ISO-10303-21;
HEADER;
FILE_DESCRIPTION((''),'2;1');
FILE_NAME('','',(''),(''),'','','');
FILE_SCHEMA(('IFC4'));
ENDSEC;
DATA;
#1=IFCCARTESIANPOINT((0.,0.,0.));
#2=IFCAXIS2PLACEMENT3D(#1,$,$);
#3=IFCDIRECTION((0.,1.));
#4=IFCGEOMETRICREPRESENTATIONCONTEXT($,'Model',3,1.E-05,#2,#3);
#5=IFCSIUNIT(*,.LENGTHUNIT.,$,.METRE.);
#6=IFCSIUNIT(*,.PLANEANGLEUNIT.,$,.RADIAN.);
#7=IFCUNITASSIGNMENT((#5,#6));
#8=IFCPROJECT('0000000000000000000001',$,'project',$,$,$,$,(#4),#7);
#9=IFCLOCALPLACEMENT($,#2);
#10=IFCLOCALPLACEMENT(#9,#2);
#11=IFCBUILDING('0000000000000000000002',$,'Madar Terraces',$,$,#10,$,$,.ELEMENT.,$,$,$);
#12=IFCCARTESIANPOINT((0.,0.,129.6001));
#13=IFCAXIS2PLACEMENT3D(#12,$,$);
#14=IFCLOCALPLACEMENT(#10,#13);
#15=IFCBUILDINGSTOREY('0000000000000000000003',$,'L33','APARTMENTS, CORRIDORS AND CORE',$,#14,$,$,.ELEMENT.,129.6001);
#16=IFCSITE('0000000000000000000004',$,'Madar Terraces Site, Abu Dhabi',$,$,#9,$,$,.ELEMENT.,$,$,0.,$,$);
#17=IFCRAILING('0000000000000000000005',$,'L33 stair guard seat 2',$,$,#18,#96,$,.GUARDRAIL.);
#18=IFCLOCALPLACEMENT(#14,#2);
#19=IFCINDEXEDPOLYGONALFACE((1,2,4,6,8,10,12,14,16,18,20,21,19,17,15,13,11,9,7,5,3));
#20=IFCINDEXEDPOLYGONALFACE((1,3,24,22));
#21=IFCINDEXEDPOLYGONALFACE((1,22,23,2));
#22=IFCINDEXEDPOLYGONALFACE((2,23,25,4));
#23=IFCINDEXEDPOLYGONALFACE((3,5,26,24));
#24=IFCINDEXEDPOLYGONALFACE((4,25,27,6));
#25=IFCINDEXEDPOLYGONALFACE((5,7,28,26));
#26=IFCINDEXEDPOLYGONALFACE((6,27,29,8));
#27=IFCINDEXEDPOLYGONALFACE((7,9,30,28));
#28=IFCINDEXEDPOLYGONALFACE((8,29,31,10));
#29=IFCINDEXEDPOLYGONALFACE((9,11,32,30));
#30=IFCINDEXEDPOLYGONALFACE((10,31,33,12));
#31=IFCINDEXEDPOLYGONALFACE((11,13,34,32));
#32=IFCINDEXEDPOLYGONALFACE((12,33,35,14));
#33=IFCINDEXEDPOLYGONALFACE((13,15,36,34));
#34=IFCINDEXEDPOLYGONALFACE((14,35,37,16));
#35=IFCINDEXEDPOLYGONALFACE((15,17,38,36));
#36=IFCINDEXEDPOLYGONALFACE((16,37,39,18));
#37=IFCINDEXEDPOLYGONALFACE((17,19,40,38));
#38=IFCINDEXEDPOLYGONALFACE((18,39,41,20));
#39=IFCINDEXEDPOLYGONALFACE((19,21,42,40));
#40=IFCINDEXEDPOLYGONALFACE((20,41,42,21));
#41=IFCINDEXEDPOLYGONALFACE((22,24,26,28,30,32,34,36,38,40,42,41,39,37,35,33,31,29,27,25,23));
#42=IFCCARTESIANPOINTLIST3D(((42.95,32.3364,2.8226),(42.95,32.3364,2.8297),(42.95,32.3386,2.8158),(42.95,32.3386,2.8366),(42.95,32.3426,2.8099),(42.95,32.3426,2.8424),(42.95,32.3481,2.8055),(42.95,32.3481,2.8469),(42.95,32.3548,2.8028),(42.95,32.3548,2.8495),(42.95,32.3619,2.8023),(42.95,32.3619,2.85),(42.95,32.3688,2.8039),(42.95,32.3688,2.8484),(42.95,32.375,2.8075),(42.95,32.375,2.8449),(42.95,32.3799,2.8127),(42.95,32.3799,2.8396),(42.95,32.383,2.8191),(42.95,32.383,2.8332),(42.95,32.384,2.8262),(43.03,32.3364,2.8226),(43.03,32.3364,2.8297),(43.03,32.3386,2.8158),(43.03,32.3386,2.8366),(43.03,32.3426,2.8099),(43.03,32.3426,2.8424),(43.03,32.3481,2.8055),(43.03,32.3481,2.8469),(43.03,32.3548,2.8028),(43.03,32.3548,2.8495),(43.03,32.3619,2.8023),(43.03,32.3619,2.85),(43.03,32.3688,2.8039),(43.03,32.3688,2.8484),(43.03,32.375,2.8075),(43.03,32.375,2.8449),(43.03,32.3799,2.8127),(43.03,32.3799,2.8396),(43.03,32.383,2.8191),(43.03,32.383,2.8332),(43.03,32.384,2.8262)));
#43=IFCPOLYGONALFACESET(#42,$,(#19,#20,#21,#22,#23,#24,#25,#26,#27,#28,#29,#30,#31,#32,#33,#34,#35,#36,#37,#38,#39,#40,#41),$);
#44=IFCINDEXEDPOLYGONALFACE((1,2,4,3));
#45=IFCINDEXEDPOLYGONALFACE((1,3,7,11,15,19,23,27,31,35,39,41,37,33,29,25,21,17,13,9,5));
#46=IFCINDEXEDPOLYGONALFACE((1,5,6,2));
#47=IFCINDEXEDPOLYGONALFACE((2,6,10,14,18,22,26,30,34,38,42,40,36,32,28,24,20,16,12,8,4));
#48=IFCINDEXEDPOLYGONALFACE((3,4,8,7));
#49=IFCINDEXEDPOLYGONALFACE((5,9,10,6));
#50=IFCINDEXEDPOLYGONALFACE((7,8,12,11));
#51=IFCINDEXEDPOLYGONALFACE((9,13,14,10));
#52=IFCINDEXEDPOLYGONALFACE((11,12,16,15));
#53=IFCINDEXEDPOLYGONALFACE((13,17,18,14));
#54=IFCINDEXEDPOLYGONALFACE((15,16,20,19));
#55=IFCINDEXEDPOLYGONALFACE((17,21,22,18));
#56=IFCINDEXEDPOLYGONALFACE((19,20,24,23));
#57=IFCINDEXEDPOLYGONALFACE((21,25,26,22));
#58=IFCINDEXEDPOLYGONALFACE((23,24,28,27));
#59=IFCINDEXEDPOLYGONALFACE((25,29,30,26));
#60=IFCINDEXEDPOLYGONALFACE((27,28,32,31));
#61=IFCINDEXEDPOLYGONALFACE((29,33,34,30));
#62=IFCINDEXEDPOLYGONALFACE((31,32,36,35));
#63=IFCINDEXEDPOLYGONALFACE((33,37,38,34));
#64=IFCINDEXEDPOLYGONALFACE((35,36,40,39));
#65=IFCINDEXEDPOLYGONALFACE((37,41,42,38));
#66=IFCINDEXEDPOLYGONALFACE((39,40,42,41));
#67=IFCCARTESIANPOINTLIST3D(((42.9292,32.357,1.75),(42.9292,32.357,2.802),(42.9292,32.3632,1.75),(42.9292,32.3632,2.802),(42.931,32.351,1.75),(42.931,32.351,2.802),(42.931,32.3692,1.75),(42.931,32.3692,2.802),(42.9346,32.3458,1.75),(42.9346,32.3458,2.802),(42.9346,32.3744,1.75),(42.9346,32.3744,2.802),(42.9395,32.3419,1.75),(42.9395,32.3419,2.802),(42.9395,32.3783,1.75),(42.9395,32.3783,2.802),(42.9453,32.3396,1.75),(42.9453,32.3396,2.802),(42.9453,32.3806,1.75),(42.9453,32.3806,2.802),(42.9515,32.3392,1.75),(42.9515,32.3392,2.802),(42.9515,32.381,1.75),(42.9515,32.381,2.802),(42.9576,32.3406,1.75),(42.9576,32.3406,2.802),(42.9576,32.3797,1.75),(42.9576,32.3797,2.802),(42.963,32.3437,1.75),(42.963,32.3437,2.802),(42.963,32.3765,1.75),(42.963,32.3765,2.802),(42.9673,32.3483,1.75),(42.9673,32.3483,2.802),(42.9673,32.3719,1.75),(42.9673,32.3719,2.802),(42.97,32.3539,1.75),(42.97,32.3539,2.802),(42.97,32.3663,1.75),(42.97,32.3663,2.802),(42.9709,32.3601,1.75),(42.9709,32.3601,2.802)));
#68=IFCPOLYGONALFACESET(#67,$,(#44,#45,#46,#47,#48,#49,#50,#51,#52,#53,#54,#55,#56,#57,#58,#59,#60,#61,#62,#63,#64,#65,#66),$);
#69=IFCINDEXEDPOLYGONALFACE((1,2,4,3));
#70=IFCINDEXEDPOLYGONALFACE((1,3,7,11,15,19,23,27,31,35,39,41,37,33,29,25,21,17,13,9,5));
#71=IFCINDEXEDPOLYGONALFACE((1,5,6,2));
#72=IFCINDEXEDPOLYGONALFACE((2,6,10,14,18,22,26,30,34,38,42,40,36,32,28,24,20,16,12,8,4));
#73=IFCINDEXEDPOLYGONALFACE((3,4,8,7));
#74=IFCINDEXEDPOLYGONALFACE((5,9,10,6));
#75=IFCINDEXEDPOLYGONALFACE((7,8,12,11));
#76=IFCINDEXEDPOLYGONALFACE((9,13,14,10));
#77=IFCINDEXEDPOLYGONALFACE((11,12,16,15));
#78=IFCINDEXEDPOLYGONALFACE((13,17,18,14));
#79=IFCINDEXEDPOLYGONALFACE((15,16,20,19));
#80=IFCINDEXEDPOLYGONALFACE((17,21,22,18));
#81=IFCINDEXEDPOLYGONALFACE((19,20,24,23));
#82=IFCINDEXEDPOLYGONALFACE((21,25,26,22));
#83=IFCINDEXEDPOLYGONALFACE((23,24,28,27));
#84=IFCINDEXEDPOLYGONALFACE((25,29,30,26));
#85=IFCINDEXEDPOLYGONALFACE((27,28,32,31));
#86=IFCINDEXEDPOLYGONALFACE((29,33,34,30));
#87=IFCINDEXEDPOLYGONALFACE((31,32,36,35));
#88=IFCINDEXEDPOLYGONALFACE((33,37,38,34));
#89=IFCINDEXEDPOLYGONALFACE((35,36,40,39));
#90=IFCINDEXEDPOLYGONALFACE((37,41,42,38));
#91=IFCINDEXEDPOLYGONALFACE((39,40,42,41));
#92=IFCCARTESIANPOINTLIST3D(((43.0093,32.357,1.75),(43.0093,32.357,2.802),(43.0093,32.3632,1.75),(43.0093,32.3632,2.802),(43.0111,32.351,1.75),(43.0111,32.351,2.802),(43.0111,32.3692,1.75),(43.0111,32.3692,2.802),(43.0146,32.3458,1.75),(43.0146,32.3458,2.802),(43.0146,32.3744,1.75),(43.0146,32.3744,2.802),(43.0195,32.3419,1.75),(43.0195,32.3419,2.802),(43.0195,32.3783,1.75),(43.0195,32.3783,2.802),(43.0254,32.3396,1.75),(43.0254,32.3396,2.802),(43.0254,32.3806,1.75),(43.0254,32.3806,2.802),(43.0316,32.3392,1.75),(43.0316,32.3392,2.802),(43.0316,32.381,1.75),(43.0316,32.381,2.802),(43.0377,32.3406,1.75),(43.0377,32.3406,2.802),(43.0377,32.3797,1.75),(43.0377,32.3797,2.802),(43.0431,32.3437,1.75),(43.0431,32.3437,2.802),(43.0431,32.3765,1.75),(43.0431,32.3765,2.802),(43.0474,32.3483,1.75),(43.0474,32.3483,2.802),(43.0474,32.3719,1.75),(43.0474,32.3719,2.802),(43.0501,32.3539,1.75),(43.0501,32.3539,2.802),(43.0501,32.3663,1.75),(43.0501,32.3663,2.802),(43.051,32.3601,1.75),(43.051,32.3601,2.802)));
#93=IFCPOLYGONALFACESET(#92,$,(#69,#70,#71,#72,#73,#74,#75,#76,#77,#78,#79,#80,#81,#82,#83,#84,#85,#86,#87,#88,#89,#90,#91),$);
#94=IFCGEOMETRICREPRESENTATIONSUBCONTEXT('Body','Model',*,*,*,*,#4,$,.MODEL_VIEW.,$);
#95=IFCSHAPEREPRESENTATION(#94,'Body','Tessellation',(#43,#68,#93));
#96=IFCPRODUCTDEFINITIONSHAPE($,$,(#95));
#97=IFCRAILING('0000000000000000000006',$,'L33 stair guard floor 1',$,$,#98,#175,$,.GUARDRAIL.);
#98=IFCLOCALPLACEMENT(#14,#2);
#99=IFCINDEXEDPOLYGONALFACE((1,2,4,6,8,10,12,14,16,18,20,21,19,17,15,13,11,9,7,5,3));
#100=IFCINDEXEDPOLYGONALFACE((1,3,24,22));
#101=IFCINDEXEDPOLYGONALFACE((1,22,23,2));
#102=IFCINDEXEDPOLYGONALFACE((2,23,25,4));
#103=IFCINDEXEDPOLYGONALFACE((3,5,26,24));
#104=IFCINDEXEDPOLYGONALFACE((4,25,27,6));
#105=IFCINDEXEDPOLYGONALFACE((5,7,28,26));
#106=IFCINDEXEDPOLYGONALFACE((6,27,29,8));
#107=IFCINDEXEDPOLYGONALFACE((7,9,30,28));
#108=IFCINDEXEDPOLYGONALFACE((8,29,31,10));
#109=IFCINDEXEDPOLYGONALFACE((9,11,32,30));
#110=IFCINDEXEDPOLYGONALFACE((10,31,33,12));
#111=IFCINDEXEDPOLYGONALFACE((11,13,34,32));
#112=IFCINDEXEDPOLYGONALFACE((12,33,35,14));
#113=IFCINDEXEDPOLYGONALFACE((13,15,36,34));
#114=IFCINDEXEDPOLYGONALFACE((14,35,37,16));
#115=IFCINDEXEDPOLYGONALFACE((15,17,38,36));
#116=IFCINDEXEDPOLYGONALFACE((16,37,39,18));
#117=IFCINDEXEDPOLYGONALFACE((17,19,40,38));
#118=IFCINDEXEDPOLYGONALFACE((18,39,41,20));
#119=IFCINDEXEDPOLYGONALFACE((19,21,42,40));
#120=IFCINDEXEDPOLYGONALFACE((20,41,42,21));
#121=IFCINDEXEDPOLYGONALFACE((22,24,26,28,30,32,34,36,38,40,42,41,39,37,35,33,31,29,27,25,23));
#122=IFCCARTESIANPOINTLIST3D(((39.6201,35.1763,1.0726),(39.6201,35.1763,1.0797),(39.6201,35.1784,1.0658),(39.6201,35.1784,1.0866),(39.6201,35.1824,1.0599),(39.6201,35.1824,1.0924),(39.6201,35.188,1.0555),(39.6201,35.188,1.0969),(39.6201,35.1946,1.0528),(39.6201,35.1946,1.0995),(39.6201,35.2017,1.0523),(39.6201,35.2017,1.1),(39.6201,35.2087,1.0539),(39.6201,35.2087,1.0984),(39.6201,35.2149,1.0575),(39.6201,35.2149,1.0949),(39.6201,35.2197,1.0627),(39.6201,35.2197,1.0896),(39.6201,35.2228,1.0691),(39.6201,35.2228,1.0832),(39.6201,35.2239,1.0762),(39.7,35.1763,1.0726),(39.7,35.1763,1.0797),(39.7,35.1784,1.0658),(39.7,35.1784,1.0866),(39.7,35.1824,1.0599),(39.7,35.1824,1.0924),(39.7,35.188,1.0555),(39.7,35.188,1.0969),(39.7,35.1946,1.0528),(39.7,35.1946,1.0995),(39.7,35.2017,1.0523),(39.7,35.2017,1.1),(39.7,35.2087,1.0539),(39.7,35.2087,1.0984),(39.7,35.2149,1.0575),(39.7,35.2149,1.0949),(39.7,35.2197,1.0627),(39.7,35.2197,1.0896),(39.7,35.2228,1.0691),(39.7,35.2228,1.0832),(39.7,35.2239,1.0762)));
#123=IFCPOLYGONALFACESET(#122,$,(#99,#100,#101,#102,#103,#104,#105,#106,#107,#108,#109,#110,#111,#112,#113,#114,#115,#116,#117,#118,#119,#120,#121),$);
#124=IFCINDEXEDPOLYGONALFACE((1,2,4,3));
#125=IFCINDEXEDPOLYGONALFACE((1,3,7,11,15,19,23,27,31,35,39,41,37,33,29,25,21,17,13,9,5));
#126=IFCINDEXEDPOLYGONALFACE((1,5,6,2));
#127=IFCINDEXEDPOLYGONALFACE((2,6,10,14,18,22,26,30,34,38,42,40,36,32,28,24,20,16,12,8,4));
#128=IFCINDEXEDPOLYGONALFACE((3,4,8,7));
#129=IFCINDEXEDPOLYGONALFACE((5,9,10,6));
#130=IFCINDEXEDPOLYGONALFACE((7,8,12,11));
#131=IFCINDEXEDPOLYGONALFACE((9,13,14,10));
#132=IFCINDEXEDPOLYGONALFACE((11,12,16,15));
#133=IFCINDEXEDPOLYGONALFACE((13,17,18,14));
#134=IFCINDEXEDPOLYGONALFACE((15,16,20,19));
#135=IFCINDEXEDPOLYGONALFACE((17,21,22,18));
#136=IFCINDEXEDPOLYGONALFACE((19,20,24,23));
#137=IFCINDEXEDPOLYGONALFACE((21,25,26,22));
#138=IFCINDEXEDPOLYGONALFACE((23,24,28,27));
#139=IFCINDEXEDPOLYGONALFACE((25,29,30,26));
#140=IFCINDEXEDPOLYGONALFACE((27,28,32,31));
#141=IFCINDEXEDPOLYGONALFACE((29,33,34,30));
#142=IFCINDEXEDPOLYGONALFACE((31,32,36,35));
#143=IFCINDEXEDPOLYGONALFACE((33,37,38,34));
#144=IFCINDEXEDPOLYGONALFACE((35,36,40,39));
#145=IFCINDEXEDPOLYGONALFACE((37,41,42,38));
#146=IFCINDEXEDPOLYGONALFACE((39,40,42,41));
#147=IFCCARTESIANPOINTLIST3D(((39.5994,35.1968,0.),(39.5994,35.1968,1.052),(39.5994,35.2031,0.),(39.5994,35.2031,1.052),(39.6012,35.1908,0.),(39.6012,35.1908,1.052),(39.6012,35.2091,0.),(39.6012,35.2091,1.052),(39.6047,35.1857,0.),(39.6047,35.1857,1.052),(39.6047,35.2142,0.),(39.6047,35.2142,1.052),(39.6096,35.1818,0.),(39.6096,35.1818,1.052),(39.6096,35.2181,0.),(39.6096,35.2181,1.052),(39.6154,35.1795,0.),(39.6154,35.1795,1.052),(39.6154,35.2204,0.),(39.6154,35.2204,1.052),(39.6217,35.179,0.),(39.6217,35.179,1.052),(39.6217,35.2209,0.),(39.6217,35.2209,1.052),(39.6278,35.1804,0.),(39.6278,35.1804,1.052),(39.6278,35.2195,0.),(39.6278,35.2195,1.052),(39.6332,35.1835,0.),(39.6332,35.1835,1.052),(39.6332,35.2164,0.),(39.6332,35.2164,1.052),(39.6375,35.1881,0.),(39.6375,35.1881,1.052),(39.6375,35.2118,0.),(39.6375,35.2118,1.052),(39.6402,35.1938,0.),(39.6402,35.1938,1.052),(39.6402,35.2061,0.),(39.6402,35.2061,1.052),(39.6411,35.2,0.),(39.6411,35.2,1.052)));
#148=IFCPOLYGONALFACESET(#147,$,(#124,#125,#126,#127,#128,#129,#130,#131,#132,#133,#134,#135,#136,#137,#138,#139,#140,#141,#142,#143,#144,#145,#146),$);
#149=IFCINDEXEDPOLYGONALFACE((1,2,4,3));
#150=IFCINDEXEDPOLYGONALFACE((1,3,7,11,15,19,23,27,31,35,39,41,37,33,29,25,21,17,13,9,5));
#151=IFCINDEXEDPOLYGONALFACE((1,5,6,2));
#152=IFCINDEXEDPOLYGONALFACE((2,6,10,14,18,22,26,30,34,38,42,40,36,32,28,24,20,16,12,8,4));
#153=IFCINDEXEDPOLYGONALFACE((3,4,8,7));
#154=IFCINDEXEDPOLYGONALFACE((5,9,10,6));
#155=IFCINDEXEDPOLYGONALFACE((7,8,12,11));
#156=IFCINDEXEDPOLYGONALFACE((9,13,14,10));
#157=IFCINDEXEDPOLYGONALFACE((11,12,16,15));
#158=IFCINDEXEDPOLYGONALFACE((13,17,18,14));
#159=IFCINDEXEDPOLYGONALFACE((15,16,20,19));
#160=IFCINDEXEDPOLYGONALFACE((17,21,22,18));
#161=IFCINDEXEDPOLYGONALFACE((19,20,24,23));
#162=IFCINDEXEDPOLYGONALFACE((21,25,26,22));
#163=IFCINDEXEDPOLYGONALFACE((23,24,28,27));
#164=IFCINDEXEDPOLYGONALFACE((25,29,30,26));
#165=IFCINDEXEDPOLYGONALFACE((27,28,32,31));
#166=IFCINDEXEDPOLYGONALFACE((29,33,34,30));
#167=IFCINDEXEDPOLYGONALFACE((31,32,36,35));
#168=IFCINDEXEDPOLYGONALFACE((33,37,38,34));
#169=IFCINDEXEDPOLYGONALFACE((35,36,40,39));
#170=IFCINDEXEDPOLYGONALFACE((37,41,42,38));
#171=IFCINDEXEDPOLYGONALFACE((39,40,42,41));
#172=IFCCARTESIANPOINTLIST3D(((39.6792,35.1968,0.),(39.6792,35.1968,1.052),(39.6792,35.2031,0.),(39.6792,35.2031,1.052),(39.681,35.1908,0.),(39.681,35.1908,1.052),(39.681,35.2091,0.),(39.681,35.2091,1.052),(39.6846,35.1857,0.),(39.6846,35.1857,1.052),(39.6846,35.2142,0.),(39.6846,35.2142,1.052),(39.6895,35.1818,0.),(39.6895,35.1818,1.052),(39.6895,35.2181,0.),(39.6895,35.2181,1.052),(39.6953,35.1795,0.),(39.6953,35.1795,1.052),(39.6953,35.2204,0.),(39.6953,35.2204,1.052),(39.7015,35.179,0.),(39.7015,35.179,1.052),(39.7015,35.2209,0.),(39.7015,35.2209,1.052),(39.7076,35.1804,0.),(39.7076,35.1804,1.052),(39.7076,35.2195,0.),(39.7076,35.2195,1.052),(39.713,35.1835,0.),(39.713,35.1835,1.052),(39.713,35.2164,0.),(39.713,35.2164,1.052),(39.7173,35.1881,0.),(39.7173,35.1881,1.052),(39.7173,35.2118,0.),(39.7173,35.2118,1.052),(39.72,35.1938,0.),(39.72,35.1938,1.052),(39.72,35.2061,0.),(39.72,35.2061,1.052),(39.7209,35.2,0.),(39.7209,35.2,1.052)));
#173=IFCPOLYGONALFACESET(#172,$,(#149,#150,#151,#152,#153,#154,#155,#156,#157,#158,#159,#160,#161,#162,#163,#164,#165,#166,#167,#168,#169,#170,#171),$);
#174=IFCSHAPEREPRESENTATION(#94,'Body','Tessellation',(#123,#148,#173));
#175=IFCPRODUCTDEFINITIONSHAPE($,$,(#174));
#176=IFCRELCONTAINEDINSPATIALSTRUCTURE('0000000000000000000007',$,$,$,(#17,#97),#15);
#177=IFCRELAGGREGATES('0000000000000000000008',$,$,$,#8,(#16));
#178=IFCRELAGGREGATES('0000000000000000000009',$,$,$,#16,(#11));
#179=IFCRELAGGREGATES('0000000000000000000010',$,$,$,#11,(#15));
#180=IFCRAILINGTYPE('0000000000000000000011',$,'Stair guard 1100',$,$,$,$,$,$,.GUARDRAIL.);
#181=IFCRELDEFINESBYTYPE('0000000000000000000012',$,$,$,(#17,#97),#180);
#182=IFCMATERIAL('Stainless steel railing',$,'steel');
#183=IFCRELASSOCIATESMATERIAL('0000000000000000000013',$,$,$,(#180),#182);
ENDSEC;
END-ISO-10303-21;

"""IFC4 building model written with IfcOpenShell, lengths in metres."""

from ifc_helpers import new_model, si_unit, direction, frame, origin, origin_2d, place, context, subcontext, project, spatial, circle, extrude, material, type_object, element, save


model = new_model("IFC4")

# Units and contexts
model_context = context("Model", 3, precision=1e-05, world=origin(), true_north=direction((0.0, 1.0)))
body_context = subcontext(model_context, "Body", "Model", "MODEL_VIEW")
ifc_project = project(units=[si_unit("LENGTHUNIT", "METRE"), si_unit("PLANEANGLEUNIT", "RADIAN")], contexts=[model_context])

# Site, building, storey
site_placement = place(None, origin())
site = spatial("IfcSite", under=ifc_project, at=site_placement, Name="Madar Terraces Site, Abu Dhabi", CompositionType="ELEMENT", RefElevation=0.0)
building_placement = place(site_placement, origin())
building = spatial("IfcBuilding", under=site, at=building_placement, Name="Madar Terraces", CompositionType="ELEMENT")
storey_placement = place(building_placement, frame((0.0, 0.0, 129.6001)))
storey = spatial("IfcBuildingStorey", under=building, at=storey_placement, Name="L33", Description="APARTMENTS, CORRIDORS AND CORE", CompositionType="ELEMENT", Elevation=129.6001)

# Railings
ifc_material_1 = material(Name="Stainless steel railing", Category="steel")
railing_type_1 = type_object("IfcRailingType", Name="Stair guard 1100", PredefinedType="GUARDRAIL", material=ifc_material_1)
railing_1_placement = place(storey_placement, frame((42.95, 32.3601, 1.75)))
element("IfcRailing", 1, at=railing_1_placement, inside=storey, type_object=railing_type_1, Name="L33 stair guard seat 2", PredefinedType="GUARDRAIL", context=body_context, shape_type="SweptSolid", body=[
    extrude(circle(Radius=0.0239, at=origin_2d()), frame((0.0, 0.0, 1.0762), z_axis=(1.0, 0.0, 0.0), x_axis=(0.0, 1.0, 0.0)), (0.0, 0.0, 1.0), 0.0801),
    extrude(circle(Radius=0.021, at=origin_2d()), origin(), (0.0, 0.0, 1.0), 1.052),
    extrude(circle(Radius=0.021, at=origin_2d()), frame((0.0801, 0.0, 0.0)), (0.0, 0.0, 1.0), 1.052),
])
railing_2_placement = place(storey_placement, frame((39.6201, 35.2, 0.0)))
element("IfcRailing", 2, at=railing_2_placement, inside=storey, type_object=railing_type_1, Name="L33 stair guard floor 1", PredefinedType="GUARDRAIL", context=body_context, shape_type="SweptSolid", body=[
    extrude(circle(Radius=0.0239, at=origin_2d()), frame((0.0, 0.0, 1.0762), z_axis=(1.0, 0.0, 0.0), x_axis=(0.0, 1.0, 0.0)), (0.0, 0.0, 1.0), 0.0798),
    extrude(circle(Radius=0.021, at=origin_2d()), origin(), (0.0, 0.0, 1.0), 1.052),
    extrude(circle(Radius=0.021, at=origin_2d()), frame((0.0798, 0.0, 0.0)), (0.0, 0.0, 1.0), 1.052),
])

save(model, "model.ifc")
